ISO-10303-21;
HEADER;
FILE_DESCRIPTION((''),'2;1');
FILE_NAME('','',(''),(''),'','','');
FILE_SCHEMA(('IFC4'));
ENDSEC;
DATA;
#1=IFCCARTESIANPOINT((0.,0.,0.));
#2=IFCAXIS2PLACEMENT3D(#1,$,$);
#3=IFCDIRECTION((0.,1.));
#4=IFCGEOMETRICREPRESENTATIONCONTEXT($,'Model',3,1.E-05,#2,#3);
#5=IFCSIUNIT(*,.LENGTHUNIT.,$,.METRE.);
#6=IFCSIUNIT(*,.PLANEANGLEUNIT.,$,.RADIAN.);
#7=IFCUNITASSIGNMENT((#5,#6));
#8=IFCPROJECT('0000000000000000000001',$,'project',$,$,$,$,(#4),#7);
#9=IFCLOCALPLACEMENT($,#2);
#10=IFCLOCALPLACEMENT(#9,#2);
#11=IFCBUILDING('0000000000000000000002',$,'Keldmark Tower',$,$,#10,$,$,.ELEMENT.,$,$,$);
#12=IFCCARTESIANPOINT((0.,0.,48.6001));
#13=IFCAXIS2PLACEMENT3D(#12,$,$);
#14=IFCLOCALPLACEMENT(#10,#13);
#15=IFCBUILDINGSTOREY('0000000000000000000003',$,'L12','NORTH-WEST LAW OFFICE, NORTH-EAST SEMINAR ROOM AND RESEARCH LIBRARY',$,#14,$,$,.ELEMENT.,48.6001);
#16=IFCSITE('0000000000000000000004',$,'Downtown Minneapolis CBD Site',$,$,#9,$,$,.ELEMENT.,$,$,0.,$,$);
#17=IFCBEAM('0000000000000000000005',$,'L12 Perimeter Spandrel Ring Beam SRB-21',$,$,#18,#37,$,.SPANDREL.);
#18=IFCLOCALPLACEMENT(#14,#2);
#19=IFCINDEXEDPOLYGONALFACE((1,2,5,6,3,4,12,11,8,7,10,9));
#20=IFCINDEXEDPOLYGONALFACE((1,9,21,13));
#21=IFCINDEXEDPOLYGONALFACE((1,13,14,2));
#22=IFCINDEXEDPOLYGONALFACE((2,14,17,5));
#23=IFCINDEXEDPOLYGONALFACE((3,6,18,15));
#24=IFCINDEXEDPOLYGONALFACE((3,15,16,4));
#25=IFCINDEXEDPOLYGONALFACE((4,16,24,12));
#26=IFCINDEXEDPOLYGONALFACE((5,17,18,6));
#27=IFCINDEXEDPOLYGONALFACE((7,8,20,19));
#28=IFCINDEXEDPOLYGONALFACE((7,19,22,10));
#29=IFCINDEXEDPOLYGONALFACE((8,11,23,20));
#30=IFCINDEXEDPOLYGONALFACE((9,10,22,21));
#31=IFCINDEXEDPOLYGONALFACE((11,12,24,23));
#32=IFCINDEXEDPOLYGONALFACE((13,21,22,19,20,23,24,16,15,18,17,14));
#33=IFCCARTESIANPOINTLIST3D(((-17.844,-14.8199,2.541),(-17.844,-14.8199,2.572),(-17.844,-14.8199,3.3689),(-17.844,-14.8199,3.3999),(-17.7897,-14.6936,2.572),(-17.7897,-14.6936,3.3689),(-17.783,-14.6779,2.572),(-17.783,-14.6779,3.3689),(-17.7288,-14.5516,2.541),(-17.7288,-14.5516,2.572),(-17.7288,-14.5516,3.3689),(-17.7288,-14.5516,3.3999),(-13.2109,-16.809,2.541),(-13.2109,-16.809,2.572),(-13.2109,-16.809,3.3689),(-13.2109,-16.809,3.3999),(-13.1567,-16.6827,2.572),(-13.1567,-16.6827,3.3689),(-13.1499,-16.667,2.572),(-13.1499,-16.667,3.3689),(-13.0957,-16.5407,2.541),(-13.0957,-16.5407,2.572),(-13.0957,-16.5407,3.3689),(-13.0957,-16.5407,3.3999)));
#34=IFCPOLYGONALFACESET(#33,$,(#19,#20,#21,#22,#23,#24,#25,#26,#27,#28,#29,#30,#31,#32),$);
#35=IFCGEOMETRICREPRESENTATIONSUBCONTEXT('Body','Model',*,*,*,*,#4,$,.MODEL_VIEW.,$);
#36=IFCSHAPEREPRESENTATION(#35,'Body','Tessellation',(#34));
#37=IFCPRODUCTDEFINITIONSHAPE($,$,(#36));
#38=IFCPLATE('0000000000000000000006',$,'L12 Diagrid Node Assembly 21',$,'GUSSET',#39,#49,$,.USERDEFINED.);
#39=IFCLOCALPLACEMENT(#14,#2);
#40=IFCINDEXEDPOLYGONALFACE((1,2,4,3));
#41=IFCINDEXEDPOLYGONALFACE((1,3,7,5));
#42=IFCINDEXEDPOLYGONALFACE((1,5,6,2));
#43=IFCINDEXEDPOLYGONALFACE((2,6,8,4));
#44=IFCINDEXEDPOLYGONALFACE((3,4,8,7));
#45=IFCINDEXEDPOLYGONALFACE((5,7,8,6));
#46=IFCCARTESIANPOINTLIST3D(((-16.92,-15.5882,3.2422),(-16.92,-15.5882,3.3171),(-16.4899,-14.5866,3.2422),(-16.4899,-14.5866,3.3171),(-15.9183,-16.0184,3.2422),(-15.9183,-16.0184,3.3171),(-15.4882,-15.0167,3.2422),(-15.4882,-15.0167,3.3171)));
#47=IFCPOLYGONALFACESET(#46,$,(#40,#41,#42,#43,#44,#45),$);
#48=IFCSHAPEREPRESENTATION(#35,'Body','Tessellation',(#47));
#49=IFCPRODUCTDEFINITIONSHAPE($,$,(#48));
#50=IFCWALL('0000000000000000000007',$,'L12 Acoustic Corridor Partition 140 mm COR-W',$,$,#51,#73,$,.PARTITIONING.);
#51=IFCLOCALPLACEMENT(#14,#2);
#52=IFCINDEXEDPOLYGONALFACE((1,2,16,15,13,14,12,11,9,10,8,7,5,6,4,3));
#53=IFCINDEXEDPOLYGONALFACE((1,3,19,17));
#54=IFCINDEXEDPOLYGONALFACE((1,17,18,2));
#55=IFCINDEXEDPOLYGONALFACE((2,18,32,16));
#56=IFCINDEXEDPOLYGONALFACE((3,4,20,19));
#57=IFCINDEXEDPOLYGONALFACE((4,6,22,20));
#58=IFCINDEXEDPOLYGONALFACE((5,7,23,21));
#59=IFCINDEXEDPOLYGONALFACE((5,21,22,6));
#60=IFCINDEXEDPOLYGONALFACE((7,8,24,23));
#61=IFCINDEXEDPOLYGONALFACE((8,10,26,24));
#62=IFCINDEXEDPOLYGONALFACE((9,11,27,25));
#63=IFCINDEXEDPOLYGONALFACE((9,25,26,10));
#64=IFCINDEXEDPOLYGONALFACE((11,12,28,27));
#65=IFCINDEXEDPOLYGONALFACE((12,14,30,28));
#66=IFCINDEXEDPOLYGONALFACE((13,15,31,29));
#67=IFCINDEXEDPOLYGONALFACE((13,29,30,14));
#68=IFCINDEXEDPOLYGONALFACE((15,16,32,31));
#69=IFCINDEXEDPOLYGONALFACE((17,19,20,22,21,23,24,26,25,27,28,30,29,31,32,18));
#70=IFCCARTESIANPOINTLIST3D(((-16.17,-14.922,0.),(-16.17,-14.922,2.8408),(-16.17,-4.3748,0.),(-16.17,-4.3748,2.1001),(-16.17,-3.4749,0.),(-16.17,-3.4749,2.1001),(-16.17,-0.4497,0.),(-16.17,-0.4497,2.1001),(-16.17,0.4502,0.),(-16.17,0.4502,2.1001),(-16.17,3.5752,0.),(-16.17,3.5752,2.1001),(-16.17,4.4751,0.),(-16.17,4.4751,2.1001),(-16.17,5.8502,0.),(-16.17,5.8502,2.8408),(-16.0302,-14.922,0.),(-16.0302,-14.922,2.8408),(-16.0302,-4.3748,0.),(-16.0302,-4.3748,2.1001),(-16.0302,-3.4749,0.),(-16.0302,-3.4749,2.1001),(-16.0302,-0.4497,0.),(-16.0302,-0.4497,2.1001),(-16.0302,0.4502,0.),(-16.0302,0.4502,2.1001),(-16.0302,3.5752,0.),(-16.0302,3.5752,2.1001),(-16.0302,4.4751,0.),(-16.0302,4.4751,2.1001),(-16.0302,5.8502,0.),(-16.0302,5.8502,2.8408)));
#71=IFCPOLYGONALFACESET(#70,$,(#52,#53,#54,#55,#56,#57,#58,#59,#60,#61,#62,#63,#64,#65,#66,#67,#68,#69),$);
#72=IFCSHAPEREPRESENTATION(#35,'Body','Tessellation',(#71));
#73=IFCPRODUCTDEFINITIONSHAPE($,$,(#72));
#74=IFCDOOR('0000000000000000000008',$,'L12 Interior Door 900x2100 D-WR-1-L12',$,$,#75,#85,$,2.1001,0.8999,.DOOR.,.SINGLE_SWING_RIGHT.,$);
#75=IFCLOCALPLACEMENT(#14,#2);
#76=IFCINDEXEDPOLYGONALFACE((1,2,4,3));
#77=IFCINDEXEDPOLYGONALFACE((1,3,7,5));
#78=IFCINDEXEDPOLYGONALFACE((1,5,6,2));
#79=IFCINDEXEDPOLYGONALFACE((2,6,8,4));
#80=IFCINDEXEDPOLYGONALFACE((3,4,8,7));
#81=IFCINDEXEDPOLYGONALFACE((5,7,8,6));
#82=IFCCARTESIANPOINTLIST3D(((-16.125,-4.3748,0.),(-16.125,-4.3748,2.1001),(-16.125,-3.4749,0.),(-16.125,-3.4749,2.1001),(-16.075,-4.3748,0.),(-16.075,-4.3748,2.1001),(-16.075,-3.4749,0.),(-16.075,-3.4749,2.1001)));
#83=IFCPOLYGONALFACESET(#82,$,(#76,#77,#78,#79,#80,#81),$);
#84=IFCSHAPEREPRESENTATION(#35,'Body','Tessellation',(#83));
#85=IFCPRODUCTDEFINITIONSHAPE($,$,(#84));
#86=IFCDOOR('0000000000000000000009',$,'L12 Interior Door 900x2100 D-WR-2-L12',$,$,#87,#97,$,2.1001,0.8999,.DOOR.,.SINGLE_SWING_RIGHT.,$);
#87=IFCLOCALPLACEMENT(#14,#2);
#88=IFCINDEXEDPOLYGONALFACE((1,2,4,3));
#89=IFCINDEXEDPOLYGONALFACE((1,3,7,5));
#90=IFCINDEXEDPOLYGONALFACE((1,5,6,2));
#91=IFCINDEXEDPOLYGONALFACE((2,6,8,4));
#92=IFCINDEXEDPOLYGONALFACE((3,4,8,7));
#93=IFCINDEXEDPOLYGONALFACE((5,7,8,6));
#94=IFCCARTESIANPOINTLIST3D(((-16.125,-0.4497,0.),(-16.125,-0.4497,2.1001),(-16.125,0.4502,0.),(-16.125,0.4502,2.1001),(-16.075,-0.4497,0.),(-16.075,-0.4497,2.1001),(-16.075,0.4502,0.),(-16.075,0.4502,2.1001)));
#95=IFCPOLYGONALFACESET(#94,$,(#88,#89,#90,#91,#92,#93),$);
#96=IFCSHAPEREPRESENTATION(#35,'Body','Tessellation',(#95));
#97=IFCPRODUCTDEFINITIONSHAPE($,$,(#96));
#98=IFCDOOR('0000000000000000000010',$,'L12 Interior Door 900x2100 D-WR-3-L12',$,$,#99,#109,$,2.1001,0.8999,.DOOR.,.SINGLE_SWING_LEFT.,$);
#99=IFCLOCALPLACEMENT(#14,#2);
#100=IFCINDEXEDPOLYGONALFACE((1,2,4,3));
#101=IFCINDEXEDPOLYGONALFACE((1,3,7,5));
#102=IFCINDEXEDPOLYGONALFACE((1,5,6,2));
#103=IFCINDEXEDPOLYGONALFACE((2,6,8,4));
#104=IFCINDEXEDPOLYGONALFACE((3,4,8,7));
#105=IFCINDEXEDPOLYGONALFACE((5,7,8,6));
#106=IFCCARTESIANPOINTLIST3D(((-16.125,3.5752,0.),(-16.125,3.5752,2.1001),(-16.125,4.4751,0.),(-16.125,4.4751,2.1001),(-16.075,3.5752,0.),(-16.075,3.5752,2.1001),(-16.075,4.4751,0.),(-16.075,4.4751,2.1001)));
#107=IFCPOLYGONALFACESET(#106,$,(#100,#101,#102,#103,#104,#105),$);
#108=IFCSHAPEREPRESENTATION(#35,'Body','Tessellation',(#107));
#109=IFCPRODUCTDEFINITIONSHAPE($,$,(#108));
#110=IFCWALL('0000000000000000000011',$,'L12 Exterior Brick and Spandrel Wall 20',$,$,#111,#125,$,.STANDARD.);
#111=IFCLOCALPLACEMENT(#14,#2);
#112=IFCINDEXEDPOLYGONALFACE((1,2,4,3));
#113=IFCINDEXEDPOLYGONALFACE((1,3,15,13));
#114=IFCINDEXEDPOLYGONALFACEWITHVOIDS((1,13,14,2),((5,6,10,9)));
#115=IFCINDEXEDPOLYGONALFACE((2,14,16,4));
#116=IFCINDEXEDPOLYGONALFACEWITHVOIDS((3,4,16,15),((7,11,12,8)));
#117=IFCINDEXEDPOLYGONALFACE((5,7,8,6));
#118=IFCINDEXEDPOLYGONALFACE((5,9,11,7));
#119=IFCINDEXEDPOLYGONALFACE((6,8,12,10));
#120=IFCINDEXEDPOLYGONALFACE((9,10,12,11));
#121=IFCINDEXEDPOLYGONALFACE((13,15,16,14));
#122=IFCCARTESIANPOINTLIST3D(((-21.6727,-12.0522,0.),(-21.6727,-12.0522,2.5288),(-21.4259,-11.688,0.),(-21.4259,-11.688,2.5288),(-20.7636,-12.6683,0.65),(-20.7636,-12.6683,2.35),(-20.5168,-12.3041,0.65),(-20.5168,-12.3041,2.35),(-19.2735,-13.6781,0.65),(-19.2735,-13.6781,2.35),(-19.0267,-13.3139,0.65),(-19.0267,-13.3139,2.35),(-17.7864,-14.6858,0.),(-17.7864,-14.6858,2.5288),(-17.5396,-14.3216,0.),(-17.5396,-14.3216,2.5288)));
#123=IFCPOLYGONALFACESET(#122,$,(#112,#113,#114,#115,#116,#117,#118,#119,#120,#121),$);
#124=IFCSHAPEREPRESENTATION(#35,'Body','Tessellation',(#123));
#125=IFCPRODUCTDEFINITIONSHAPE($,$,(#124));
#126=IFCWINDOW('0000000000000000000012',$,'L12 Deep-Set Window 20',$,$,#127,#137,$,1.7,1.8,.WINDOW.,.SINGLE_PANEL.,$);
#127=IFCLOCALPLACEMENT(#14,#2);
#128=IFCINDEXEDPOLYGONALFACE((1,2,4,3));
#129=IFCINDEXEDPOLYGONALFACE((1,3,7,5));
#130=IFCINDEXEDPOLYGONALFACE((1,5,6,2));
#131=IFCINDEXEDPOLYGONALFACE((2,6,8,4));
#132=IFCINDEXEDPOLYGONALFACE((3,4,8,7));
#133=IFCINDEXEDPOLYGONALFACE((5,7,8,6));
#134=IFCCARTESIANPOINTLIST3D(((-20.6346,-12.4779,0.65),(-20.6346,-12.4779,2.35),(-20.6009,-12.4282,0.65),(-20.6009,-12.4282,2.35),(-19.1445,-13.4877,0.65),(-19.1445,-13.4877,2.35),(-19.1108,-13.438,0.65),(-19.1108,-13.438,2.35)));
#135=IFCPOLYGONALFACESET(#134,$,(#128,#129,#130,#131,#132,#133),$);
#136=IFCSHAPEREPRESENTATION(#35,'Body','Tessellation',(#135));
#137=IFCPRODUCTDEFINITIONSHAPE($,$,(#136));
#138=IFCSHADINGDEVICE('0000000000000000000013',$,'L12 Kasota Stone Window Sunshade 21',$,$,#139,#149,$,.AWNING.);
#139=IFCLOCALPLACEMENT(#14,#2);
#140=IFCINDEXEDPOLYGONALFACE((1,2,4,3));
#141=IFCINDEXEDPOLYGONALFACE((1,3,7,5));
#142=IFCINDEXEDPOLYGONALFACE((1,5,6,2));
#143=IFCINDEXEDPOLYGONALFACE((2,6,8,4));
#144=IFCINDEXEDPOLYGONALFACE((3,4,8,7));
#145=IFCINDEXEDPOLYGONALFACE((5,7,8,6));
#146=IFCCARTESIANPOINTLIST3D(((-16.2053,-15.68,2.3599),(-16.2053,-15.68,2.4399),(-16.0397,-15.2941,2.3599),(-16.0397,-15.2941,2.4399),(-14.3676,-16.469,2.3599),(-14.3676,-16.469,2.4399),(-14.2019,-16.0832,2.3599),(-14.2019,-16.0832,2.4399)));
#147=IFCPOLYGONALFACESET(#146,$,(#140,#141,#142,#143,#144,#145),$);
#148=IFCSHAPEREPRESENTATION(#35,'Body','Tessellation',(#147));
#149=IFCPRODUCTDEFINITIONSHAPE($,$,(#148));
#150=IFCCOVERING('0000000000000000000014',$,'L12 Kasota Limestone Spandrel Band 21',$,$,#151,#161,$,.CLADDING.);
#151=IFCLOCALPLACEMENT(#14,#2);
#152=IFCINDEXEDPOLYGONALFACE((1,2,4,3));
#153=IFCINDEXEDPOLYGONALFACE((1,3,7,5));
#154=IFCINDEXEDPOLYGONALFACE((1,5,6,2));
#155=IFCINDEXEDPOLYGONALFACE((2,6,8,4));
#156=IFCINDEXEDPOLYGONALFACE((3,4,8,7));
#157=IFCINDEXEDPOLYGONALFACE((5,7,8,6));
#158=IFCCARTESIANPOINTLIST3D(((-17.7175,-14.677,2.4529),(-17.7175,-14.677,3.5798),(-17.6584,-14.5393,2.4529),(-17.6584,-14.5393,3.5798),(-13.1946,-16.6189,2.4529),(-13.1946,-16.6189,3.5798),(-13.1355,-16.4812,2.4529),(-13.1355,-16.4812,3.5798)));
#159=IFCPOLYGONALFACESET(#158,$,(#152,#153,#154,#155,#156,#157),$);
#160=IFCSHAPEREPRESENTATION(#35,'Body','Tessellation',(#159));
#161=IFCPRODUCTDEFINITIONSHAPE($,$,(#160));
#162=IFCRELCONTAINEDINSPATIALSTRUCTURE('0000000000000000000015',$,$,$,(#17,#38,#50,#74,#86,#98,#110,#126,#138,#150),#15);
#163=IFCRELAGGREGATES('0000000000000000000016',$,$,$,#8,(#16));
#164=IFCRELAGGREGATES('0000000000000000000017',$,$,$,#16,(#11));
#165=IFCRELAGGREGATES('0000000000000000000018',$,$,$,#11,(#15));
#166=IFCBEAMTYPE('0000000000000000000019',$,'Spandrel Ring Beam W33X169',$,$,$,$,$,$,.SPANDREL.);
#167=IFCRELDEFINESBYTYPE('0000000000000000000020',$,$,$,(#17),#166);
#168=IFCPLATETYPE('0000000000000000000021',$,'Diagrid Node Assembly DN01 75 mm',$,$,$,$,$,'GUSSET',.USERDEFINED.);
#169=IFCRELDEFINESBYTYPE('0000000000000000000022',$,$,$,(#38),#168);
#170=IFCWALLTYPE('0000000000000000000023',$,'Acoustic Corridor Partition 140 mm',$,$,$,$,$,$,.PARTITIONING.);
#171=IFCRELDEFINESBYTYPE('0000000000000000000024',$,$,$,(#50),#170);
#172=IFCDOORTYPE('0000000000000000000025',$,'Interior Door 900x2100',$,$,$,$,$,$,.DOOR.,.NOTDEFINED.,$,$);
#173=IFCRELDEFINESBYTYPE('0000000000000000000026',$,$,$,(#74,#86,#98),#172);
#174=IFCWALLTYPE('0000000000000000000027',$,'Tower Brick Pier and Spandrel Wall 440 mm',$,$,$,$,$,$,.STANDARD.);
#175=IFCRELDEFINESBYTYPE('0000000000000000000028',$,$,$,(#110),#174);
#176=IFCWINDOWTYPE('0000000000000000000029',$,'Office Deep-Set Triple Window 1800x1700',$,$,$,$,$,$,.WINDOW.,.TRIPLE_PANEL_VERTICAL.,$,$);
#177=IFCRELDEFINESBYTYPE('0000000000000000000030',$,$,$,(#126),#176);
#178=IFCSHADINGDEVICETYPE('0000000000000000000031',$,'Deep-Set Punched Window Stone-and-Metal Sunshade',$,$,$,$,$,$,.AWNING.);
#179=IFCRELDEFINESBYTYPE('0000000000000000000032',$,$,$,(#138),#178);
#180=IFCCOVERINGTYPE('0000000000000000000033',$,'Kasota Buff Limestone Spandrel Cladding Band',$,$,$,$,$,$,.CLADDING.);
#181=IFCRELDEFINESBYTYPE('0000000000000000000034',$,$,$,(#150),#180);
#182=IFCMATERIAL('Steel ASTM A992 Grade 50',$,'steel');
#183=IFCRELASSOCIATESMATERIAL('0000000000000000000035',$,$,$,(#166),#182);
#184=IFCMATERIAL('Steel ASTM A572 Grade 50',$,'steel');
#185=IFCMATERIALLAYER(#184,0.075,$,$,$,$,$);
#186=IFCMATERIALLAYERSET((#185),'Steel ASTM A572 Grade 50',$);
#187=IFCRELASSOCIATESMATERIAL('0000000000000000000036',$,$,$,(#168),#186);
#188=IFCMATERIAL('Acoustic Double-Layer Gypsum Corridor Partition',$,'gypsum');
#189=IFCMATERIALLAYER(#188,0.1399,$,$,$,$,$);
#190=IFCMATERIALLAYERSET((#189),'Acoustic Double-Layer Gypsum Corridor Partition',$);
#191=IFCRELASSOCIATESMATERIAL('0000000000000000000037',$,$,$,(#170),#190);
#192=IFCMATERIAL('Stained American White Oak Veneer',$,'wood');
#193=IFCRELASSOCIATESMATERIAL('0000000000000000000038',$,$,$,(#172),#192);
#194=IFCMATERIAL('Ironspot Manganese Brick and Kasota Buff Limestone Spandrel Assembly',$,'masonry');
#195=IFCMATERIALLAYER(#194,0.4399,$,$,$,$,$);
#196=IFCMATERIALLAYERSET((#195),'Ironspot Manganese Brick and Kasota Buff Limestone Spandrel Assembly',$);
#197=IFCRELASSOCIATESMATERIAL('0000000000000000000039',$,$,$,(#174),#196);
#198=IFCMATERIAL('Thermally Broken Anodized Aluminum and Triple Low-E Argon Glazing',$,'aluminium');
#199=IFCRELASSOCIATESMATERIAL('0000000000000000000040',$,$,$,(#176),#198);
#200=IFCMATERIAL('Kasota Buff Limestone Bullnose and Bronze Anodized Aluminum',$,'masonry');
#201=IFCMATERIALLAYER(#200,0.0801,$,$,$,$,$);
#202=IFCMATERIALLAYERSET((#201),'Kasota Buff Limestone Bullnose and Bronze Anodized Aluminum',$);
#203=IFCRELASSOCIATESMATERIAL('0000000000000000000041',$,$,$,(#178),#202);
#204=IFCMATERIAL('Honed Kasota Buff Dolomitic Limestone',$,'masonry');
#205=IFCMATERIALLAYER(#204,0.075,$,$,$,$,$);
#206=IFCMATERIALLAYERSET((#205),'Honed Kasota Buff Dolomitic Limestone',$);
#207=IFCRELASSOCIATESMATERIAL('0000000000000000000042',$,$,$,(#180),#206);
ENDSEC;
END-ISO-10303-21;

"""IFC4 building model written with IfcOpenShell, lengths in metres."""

from ifc_helpers import new_model, si_unit, direction, frame, frame_2d, origin, origin_2d, place, context, subcontext, project, spatial, rectangle, i_section, extrude, material, layer, layer_set, material_profile, profile_set, type_object, element, fill, save


model = new_model("IFC4")

# Units and contexts
model_context = context("Model", 3, precision=1e-05, world=origin(), true_north=direction((0.0, 1.0)))
body_context = subcontext(model_context, "Body", "Model", "MODEL_VIEW")
ifc_project = project(units=[si_unit("LENGTHUNIT", "METRE"), si_unit("PLANEANGLEUNIT", "RADIAN")], contexts=[model_context])

# Site, building, storey
site_placement = place(None, origin())
site = spatial("IfcSite", under=ifc_project, at=site_placement, Name="Downtown Minneapolis CBD Site", CompositionType="ELEMENT", RefElevation=0.0)
building_placement = place(site_placement, origin())
building = spatial("IfcBuilding", under=site, at=building_placement, Name="Keldmark Tower", CompositionType="ELEMENT")
storey_placement = place(building_placement, frame((0.0, 0.0, 48.6001)))
storey = spatial("IfcBuildingStorey", under=building, at=storey_placement, Name="L12", Description="NORTH-WEST LAW OFFICE, NORTH-EAST SEMINAR ROOM AND RESEARCH LIBRARY", CompositionType="ELEMENT", Elevation=48.6001)

# Beam
ifc_material_1 = material(Name="Steel ASTM A992 Grade 50", Category="steel")
ifc_material_profile_1 = material_profile(ifc_material_1, i_section(OverallWidth=0.292, OverallDepth=0.8589, WebThickness=0.0171, FlangeThickness=0.031, at=origin_2d()), Name="W33X169")
ifc_profile_set_1 = profile_set([ifc_material_profile_1], Name="Steel ASTM A992 Grade 50")
beam_type_1 = type_object("IfcBeamType", Name="Spandrel Ring Beam W33X169", PredefinedType="SPANDREL", material=ifc_profile_set_1)
beam_1_placement = place(storey_placement, frame((-17.7864, -14.6858, 2.9705), z_axis=(0.918899, -0.394492, 0.0), x_axis=(0.394492, 0.918899, 0.0)))
element("IfcBeam", 1, at=beam_1_placement, inside=storey, type_object=beam_type_1, Name="L12 Perimeter Spandrel Ring Beam SRB-21", PredefinedType="SPANDREL", context=body_context, shape_type="SweptSolid", body=[
    extrude(i_section(OverallWidth=0.292, OverallDepth=0.8589, WebThickness=0.0171, FlangeThickness=0.031, at=origin_2d()), origin(), (0.0, 0.0, 1.0), 5.042),
])

# Plate
ifc_material_2 = material(Name="Steel ASTM A572 Grade 50", Category="steel")
ifc_layer_1 = layer(ifc_material_2, 0.075)
ifc_layer_set_1 = layer_set([ifc_layer_1], Name="Steel ASTM A572 Grade 50")
plate_type = type_object("IfcPlateType", Name="Diagrid Node Assembly DN01 75 mm", ElementType="GUSSET", PredefinedType="USERDEFINED", material=ifc_layer_set_1)
plate_placement = place(storey_placement, frame((-16.2041, -15.3025, 3.2422), z_axis=(0.0, 0.0, 1.0), x_axis=(0.91886, -0.394583, 0.0)))
element("IfcPlate", 2, at=plate_placement, inside=storey, type_object=plate_type, Name="L12 Diagrid Node Assembly 21", ObjectType="GUSSET", PredefinedType="USERDEFINED", context=body_context, shape_type="SweptSolid", body=[
    extrude(rectangle(XDim=1.0901, YDim=1.0901, at=origin_2d()), origin(), (0.0, 0.0, 1.0), 0.075),
])

# Wall, openings, doors
ifc_material_3 = material(Name="Acoustic Double-Layer Gypsum Corridor Partition", Category="gypsum")
ifc_layer_2 = layer(ifc_material_3, 0.1399)
ifc_layer_set_2 = layer_set([ifc_layer_2], Name="Acoustic Double-Layer Gypsum Corridor Partition")
wall_type_1 = type_object("IfcWallType", Name="Acoustic Corridor Partition 140 mm", PredefinedType="PARTITIONING", material=ifc_layer_set_2)
wall_1_placement = place(storey_placement, frame((-16.1001, -14.9221, 0.0), z_axis=(0.0, 0.0, 1.0), x_axis=(0.0, 1.0, 0.0)))
wall_1 = element("IfcWall", 3, at=wall_1_placement, inside=storey, type_object=wall_type_1, Name="L12 Acoustic Corridor Partition 140 mm COR-W", PredefinedType="PARTITIONING", context=body_context, shape_type="SweptSolid", body=[
    extrude(rectangle(XDim=20.7722, YDim=0.1399, at=frame_2d((10.3862, 0.0))), origin(), (0.0, 0.0, 1.0), 2.8408),
])
opening_1_placement = place(wall_1_placement, frame((10.5474, 0.0, 0.0)))
opening_1 = element("IfcOpeningElement", 4, at=opening_1_placement, cuts=wall_1, PredefinedType="OPENING", context=body_context, shape_type="SweptSolid", body=[
    extrude(rectangle(XDim=0.8999, YDim=2.1001, at=frame_2d((0.45, 1.05))), frame((0.0, 0.0798, 0.0), z_axis=(0.0, -1.0, 0.0), x_axis=(1.0, 0.0, 0.0)), (0.0, 0.0, 1.0), 0.1599),
])
opening_2_placement = place(wall_1_placement, frame((14.4724, 0.0, 0.0)))
opening_2 = element("IfcOpeningElement", 5, at=opening_2_placement, cuts=wall_1, PredefinedType="OPENING", context=body_context, shape_type="SweptSolid", body=[
    extrude(rectangle(XDim=0.8999, YDim=2.1001, at=frame_2d((0.45, 1.05))), frame((0.0, 0.0798, 0.0), z_axis=(0.0, -1.0, 0.0), x_axis=(1.0, 0.0, 0.0)), (0.0, 0.0, 1.0), 0.1599),
])
opening_3_placement = place(wall_1_placement, frame((18.4973, 0.0, 0.0)))
opening_3 = element("IfcOpeningElement", 6, at=opening_3_placement, cuts=wall_1, PredefinedType="OPENING", context=body_context, shape_type="SweptSolid", body=[
    extrude(rectangle(XDim=0.8999, YDim=2.1001, at=frame_2d((0.45, 1.05))), frame((0.0, 0.0798, 0.0), z_axis=(0.0, -1.0, 0.0), x_axis=(1.0, 0.0, 0.0)), (0.0, 0.0, 1.0), 0.1599),
])
ifc_material_4 = material(Name="Stained American White Oak Veneer", Category="wood")
door_type = type_object("IfcDoorType", Name="Interior Door 900x2100", OperationType="NOTDEFINED", PredefinedType="DOOR", material=ifc_material_4)
door_1_placement = place(opening_1_placement, origin())
door_1 = element("IfcDoor", 7, at=door_1_placement, inside=storey, type_object=door_type, Name="L12 Interior Door 900x2100 D-WR-1-L12", OperationType="SINGLE_SWING_RIGHT", OverallHeight=2.1001, OverallWidth=0.8999, PredefinedType="DOOR", context=body_context, shape_type="SweptSolid", body=[
    extrude(rectangle(XDim=0.8999, YDim=2.1001, at=frame_2d((0.45, 1.05))), frame((0.0, 0.0249, 0.0), z_axis=(0.0, -1.0, 0.0), x_axis=(1.0, 0.0, 0.0)), (0.0, 0.0, 1.0), 0.05),
])
fill(opening_1, door_1)
door_2_placement = place(opening_2_placement, origin())
door_2 = element("IfcDoor", 8, at=door_2_placement, inside=storey, type_object=door_type, Name="L12 Interior Door 900x2100 D-WR-2-L12", OperationType="SINGLE_SWING_RIGHT", OverallHeight=2.1001, OverallWidth=0.8999, PredefinedType="DOOR", context=body_context, shape_type="SweptSolid", body=[
    extrude(rectangle(XDim=0.8999, YDim=2.1001, at=frame_2d((0.45, 1.05))), frame((0.0, 0.0249, 0.0), z_axis=(0.0, -1.0, 0.0), x_axis=(1.0, 0.0, 0.0)), (0.0, 0.0, 1.0), 0.05),
])
fill(opening_2, door_2)
door_3_placement = place(opening_3_placement, origin())
door_3 = element("IfcDoor", 9, at=door_3_placement, inside=storey, type_object=door_type, Name="L12 Interior Door 900x2100 D-WR-3-L12", OperationType="SINGLE_SWING_LEFT", OverallHeight=2.1001, OverallWidth=0.8999, PredefinedType="DOOR", context=body_context, shape_type="SweptSolid", body=[
    extrude(rectangle(XDim=0.8999, YDim=2.1001, at=frame_2d((0.45, 1.05))), frame((0.0, 0.0249, 0.0), z_axis=(0.0, -1.0, 0.0), x_axis=(1.0, 0.0, 0.0)), (0.0, 0.0, 1.0), 0.05),
])
fill(opening_3, door_3)

# Wall, opening, window
ifc_material_5 = material(Name="Ironspot Manganese Brick and Kasota Buff Limestone Spandrel Assembly", Category="masonry")
ifc_layer_3 = layer(ifc_material_5, 0.4399)
ifc_layer_set_3 = layer_set([ifc_layer_3], Name="Ironspot Manganese Brick and Kasota Buff Limestone Spandrel Assembly")
wall_type_2 = type_object("IfcWallType", Name="Tower Brick Pier and Spandrel Wall 440 mm", PredefinedType="STANDARD", material=ifc_layer_set_3)
wall_2_placement = place(storey_placement, frame((-17.6631, -14.5037, 0.0), z_axis=(0.0, 0.0, 1.0), x_axis=(-0.827826, 0.560985, 0.0)))
wall_2 = element("IfcWall", 10, at=wall_2_placement, inside=storey, type_object=wall_type_2, Name="L12 Exterior Brick and Spandrel Wall 20", PredefinedType="STANDARD", context=body_context, shape_type="SweptSolid", body=[
    extrude(rectangle(XDim=4.6946, YDim=0.4399, at=frame_2d((2.3472, 0.0))), origin(), (0.0, 0.0, 1.0), 2.5288),
])
opening_4_placement = place(wall_2_placement, frame((1.7964, 0.0, 0.6499)))
opening_4 = element("IfcOpeningElement", 11, at=opening_4_placement, cuts=wall_2, PredefinedType="OPENING", context=body_context, shape_type="SweptSolid", body=[
    extrude(rectangle(XDim=1.8, YDim=1.7, at=frame_2d((0.8999, 0.8501))), frame((0.0, 0.23, 0.0), z_axis=(0.0, -1.0, 0.0), x_axis=(1.0, 0.0, 0.0)), (0.0, 0.0, 1.0), 0.46),
])
ifc_material_6 = material(Name="Thermally Broken Anodized Aluminum and Triple Low-E Argon Glazing", Category="aluminium")
window_type = type_object("IfcWindowType", Name="Office Deep-Set Triple Window 1800x1700", PartitioningType="TRIPLE_PANEL_VERTICAL", PredefinedType="WINDOW", material=ifc_material_6)
window_placement = place(opening_4_placement, origin())
window = element("IfcWindow", 12, at=window_placement, inside=storey, type_object=window_type, Name="L12 Deep-Set Window 20", OverallHeight=1.7, OverallWidth=1.8, PartitioningType="SINGLE_PANEL", PredefinedType="WINDOW", context=body_context, shape_type="SweptSolid", body=[
    extrude(rectangle(XDim=1.8, YDim=1.7, at=frame_2d((0.8999, 0.8501))), frame((0.0, -0.01, 0.0), z_axis=(0.0, -1.0, 0.0), x_axis=(1.0, 0.0, 0.0)), (0.0, 0.0, 1.0), 0.0601),
])
fill(opening_4, window)

# Shading device
ifc_material_7 = material(Name="Kasota Buff Limestone Bullnose and Bronze Anodized Aluminum", Category="masonry")
ifc_layer_4 = layer(ifc_material_7, 0.0801)
ifc_layer_set_4 = layer_set([ifc_layer_4], Name="Kasota Buff Limestone Bullnose and Bronze Anodized Aluminum")
shading_device_type = type_object("IfcShadingDeviceType", Name="Deep-Set Punched Window Stone-and-Metal Sunshade", PredefinedType="AWNING", material=ifc_layer_set_4)
shading_device_placement = place(storey_placement, frame((-15.2036, -15.8816, 2.3599), z_axis=(0.0, 0.0, 1.0), x_axis=(-0.918888, 0.394519, 0.0)))
element("IfcShadingDevice", 13, at=shading_device_placement, inside=storey, type_object=shading_device_type, Name="L12 Kasota Stone Window Sunshade 21", PredefinedType="AWNING", context=body_context, shape_type="SweptSolid", body=[
    extrude(rectangle(XDim=2.0, YDim=0.4199, at=origin_2d()), origin(), (0.0, 0.0, 1.0), 0.0801),
])

# Covering
ifc_material_8 = material(Name="Honed Kasota Buff Dolomitic Limestone", Category="masonry")
ifc_layer_5 = layer(ifc_material_8, 0.075)
ifc_layer_set_5 = layer_set([ifc_layer_5], Name="Honed Kasota Buff Dolomitic Limestone")
covering_type = type_object("IfcCoveringType", Name="Kasota Buff Limestone Spandrel Cladding Band", PredefinedType="CLADDING", material=ifc_layer_set_5)
covering_placement = place(storey_placement, frame((-15.4265, -15.5791, 2.4529), z_axis=(0.0, 0.0, 1.0), x_axis=(0.918888, -0.394519, 0.0)))
element("IfcCovering", 14, at=covering_placement, inside=storey, type_object=covering_type, Name="L12 Kasota Limestone Spandrel Band 21", PredefinedType="CLADDING", context=body_context, shape_type="SweptSolid", body=[
    extrude(rectangle(XDim=4.9221, YDim=0.1499, at=origin_2d()), origin(), (0.0, 0.0, 1.0), 1.127),
])

save(model, "model.ifc")
